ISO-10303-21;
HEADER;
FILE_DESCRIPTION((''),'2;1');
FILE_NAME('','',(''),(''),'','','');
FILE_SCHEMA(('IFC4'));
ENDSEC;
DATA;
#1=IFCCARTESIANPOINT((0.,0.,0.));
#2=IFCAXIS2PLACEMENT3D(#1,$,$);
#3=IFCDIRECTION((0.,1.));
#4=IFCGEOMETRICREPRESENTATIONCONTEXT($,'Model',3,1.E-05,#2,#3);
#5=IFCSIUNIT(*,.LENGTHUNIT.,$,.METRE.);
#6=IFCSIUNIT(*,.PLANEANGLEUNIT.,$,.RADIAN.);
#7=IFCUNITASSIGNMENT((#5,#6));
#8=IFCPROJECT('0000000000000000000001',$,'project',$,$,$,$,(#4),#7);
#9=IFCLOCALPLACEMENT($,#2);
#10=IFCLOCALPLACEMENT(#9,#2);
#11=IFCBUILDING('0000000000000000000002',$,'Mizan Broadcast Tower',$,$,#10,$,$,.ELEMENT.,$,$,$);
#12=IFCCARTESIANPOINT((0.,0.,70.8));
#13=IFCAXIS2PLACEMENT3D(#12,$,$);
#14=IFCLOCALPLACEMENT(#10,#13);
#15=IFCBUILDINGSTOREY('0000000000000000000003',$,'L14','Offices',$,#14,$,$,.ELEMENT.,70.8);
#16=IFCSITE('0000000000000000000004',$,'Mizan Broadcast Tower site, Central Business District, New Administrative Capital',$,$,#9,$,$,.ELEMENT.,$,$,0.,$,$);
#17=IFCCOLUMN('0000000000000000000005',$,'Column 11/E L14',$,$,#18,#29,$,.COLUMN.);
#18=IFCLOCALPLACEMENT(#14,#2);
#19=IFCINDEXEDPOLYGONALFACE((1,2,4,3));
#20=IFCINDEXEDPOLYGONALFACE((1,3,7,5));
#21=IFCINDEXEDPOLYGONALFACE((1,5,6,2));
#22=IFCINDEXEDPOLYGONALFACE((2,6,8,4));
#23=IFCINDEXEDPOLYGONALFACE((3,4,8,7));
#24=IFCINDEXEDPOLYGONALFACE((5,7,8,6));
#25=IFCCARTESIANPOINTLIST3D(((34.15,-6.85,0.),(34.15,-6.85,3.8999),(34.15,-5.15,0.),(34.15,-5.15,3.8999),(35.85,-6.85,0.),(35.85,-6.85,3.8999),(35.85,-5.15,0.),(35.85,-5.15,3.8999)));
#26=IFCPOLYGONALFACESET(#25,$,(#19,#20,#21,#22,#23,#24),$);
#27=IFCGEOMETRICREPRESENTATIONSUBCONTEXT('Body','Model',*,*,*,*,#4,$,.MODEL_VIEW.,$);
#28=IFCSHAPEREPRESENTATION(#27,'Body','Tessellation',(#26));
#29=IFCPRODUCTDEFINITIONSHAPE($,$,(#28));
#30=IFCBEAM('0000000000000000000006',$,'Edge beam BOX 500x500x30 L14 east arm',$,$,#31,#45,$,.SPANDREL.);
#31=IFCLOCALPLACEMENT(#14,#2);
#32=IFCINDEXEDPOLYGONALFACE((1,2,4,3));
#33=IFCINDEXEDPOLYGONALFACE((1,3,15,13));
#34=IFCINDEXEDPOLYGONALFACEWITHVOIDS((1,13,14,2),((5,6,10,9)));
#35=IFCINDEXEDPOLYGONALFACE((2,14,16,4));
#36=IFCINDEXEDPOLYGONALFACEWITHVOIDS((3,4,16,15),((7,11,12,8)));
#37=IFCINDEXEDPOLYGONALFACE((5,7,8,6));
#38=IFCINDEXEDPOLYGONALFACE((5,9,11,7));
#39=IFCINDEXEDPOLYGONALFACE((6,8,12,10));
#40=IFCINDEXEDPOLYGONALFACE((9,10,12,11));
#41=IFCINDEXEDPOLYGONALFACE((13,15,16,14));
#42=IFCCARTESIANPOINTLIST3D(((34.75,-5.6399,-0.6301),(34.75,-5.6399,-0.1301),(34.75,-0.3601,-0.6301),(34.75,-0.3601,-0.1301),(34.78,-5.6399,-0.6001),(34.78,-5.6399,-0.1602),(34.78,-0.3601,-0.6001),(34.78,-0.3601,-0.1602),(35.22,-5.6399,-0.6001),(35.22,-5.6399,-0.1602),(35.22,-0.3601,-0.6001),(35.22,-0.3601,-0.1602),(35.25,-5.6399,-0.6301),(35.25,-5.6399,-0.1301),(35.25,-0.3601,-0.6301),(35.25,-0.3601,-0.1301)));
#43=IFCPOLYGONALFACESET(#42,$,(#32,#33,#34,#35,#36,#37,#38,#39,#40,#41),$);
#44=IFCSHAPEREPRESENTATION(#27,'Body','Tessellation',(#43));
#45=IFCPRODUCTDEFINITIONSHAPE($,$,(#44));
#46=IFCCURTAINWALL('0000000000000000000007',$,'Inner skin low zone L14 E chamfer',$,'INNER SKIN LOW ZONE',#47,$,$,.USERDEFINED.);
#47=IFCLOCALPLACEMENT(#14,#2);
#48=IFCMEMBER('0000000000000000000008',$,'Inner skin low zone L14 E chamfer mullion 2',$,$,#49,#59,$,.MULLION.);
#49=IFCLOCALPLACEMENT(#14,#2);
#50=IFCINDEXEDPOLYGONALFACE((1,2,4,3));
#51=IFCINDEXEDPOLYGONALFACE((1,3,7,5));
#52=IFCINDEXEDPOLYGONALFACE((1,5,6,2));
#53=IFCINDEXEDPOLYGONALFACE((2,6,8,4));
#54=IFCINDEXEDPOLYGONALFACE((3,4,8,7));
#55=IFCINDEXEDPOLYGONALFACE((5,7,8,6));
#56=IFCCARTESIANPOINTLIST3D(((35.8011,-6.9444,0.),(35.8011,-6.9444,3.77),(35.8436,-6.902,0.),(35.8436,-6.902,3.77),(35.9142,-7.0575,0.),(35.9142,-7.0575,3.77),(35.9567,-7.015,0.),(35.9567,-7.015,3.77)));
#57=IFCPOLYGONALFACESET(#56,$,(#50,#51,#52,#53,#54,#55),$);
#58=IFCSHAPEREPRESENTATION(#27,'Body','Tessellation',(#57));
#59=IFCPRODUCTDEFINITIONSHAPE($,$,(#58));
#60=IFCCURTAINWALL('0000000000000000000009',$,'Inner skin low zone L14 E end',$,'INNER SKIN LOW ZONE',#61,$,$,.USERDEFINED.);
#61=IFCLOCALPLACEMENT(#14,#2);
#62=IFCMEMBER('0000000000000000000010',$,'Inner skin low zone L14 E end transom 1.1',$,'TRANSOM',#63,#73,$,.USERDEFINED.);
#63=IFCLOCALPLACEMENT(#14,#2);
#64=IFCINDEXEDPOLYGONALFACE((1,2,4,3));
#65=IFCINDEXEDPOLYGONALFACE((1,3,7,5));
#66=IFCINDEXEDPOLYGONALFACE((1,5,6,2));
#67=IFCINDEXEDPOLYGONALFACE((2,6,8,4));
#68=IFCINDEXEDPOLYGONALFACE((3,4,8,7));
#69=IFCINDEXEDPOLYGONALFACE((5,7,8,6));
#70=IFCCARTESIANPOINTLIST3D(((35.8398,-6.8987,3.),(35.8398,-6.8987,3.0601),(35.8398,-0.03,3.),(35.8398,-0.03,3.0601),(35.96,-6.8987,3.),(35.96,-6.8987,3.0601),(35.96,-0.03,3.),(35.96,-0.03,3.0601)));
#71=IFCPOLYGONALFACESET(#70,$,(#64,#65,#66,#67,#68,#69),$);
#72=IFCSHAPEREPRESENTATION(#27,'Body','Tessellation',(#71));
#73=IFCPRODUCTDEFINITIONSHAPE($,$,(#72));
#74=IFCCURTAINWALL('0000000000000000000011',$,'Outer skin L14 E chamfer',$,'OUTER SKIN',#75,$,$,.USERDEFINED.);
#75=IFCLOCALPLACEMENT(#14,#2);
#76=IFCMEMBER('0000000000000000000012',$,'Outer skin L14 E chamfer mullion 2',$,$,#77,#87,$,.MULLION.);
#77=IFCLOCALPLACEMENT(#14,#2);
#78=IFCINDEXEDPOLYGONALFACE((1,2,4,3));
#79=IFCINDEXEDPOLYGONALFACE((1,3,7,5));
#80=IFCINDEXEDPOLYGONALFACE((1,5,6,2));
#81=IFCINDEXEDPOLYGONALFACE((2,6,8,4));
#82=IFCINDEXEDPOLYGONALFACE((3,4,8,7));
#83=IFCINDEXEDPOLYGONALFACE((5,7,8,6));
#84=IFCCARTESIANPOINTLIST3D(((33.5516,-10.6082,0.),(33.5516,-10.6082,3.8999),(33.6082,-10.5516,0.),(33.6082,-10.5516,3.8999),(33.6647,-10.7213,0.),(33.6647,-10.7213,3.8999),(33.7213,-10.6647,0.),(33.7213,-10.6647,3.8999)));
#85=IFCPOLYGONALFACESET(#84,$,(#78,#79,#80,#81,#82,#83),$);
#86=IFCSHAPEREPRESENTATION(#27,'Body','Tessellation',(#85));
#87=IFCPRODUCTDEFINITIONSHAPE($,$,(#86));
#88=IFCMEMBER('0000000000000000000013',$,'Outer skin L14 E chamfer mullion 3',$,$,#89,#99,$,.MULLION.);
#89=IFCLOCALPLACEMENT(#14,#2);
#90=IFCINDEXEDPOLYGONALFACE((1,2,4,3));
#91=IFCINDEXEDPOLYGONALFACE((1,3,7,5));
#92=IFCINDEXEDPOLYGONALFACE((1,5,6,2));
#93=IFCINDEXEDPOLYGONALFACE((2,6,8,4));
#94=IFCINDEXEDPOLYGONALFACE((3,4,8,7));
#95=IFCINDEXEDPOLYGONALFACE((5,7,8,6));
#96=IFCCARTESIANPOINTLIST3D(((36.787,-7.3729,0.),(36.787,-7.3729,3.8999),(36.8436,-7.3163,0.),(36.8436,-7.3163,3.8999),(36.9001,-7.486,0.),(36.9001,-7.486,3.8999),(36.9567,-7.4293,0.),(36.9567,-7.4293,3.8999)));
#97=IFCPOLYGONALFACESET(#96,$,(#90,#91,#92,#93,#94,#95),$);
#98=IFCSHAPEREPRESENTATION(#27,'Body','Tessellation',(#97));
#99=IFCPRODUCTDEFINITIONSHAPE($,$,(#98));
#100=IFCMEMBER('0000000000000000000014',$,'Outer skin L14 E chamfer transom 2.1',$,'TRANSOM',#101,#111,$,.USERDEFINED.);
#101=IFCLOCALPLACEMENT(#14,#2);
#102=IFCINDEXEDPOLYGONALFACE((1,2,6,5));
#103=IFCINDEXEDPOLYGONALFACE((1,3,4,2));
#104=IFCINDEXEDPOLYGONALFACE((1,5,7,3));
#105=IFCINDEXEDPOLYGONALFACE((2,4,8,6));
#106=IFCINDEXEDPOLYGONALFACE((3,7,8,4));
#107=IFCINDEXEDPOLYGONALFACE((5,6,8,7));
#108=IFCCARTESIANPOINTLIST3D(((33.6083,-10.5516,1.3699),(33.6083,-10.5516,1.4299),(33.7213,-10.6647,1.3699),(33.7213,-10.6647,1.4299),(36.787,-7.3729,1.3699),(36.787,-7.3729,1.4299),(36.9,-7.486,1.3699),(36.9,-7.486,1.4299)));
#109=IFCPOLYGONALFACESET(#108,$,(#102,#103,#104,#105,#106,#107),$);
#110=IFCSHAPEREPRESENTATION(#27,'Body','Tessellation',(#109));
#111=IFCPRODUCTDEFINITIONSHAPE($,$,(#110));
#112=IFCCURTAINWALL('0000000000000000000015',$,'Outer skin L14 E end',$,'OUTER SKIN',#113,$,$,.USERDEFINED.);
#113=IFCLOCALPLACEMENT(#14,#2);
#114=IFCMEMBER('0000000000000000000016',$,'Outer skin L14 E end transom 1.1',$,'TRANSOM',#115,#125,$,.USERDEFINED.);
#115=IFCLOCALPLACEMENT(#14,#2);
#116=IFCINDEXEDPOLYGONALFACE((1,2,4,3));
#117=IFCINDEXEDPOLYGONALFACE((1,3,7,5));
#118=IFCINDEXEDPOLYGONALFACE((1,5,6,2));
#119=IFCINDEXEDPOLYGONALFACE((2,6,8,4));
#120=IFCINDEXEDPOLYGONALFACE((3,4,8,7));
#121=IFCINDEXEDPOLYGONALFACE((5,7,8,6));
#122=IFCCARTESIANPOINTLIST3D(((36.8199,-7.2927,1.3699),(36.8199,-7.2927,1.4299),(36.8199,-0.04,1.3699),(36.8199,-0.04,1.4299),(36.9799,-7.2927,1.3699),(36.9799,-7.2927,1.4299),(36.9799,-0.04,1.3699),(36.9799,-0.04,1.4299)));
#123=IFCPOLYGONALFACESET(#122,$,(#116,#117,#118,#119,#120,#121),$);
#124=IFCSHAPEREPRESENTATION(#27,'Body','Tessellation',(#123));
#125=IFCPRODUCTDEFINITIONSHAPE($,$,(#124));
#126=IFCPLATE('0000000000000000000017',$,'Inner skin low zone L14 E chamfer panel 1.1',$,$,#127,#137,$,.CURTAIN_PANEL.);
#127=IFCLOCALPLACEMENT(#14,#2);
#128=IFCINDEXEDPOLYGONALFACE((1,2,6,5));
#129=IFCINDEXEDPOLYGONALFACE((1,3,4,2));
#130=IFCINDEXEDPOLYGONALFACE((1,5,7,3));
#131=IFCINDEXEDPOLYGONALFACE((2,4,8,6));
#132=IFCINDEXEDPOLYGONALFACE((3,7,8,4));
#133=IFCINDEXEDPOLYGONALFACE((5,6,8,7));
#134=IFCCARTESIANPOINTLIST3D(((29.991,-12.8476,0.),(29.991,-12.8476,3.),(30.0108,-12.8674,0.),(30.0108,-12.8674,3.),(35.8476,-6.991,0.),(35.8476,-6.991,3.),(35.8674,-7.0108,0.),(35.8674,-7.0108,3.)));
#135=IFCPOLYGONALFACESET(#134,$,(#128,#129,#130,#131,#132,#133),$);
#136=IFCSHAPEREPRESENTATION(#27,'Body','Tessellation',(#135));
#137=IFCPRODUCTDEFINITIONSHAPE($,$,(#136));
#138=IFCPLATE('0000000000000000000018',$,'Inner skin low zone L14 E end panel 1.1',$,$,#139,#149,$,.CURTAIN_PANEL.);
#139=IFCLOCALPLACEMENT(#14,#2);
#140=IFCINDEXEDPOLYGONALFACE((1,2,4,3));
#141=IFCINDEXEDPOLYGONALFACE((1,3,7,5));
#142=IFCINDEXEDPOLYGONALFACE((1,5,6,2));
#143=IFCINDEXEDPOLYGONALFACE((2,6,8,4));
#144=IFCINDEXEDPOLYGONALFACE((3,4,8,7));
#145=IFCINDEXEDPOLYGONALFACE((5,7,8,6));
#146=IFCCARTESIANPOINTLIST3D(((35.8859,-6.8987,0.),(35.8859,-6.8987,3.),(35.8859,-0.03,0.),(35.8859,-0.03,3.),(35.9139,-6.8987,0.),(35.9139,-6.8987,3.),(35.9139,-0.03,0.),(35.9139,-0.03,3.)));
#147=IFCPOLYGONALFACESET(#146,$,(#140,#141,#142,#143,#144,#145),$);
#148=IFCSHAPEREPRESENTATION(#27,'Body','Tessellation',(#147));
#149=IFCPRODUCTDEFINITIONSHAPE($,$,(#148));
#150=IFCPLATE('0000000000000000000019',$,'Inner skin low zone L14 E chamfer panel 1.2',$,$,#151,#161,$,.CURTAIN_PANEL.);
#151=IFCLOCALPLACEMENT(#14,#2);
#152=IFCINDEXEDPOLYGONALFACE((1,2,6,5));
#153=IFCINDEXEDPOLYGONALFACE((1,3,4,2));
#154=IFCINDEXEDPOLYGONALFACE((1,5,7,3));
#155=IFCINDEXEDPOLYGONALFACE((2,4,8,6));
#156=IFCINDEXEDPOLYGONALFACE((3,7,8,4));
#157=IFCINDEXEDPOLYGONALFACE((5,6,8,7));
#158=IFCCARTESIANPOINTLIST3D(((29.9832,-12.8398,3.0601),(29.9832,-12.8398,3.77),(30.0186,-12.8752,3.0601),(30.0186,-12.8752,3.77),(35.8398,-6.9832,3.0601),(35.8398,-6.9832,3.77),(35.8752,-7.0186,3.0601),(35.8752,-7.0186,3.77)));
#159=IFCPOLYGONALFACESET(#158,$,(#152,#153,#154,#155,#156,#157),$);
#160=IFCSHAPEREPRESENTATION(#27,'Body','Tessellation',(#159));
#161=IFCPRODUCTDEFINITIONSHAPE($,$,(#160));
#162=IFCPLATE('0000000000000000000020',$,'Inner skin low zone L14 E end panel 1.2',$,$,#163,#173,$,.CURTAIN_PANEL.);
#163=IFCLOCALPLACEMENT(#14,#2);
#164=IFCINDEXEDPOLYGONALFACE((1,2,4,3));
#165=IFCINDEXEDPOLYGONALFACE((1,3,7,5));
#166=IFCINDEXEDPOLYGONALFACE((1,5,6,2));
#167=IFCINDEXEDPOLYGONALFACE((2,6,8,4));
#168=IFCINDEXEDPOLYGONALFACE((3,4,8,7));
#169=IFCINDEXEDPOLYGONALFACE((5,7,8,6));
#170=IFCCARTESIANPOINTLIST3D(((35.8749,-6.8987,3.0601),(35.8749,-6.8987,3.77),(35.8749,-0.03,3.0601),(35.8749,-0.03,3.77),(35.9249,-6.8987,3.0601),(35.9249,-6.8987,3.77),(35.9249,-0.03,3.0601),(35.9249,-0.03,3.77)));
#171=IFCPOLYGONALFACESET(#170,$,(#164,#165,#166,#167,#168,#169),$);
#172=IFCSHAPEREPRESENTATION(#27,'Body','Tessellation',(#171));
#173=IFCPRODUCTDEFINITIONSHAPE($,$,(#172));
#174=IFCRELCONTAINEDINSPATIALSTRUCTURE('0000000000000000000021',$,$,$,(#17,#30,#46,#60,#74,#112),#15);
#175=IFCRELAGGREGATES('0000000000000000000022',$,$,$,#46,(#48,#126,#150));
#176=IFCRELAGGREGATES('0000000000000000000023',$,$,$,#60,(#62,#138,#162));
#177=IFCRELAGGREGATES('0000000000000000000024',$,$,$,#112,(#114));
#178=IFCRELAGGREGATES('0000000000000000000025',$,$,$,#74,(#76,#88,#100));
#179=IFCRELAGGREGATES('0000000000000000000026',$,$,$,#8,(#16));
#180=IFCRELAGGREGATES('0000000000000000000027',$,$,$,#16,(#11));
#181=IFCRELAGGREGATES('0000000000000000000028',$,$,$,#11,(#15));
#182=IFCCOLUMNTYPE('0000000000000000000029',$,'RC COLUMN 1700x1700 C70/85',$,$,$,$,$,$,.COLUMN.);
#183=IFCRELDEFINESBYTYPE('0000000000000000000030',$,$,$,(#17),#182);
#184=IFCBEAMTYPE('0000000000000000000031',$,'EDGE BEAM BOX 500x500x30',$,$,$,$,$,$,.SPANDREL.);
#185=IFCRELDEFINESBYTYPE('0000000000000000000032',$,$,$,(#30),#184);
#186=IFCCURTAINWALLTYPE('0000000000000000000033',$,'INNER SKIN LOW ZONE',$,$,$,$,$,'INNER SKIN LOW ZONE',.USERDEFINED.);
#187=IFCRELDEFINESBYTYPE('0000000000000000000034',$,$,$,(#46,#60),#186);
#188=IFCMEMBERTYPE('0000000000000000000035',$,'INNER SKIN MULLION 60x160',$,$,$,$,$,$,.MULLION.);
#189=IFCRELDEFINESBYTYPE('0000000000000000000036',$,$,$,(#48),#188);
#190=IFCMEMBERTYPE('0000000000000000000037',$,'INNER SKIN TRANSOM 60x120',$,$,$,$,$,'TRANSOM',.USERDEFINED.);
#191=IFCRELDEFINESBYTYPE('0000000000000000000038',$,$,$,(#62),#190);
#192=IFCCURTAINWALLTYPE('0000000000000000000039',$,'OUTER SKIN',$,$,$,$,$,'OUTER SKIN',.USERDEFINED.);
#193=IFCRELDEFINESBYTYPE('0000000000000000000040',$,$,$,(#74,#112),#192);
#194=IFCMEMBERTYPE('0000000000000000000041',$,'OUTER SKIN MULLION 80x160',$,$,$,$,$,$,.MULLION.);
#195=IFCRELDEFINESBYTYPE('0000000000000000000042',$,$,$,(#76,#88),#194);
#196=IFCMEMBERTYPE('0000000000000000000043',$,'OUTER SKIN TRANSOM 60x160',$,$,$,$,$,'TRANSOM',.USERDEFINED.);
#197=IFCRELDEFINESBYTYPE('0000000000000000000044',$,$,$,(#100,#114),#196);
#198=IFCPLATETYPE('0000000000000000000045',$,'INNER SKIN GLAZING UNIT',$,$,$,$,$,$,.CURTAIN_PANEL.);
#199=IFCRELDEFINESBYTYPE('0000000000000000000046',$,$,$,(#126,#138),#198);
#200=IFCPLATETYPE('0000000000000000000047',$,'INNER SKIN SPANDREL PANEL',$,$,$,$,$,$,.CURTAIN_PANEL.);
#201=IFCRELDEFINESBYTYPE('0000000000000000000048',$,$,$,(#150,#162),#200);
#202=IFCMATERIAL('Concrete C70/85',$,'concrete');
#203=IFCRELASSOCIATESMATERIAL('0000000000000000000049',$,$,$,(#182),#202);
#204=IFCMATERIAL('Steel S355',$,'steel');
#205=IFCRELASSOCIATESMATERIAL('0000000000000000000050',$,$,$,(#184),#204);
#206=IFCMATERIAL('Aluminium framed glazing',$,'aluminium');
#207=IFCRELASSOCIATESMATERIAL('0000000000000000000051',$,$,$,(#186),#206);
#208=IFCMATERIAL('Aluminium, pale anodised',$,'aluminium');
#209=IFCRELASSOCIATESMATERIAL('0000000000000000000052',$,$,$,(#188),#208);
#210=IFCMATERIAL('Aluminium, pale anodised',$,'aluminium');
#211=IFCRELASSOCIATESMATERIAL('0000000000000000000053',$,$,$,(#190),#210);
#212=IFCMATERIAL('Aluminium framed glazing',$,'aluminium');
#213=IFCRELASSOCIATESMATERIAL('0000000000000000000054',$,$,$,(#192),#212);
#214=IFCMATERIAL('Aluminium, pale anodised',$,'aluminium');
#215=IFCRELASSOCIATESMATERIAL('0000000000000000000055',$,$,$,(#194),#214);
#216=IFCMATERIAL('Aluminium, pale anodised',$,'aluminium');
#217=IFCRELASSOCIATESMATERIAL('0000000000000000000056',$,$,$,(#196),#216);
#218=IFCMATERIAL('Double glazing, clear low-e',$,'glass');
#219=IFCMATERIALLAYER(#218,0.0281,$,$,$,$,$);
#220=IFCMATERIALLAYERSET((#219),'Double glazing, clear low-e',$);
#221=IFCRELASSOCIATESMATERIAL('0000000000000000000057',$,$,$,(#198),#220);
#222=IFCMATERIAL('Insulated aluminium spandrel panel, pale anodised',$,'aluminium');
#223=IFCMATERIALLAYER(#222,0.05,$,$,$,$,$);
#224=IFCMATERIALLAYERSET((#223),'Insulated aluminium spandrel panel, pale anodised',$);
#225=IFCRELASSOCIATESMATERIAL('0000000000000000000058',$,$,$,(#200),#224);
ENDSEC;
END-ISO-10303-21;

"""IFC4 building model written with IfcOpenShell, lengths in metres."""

from ifc_helpers import new_model, si_unit, direction, frame, origin, origin_2d, place, context, subcontext, project, spatial, rectangle, hollow_rectangle, extrude, material, layer, layer_set, material_profile, profile_set, type_object, element, aggregate, save


model = new_model("IFC4")

# Units and contexts
model_context = context("Model", 3, precision=1e-05, world=origin(), true_north=direction((0.0, 1.0)))
body_context = subcontext(model_context, "Body", "Model", "MODEL_VIEW")
ifc_project = project(units=[si_unit("LENGTHUNIT", "METRE"), si_unit("PLANEANGLEUNIT", "RADIAN")], contexts=[model_context])

# Site, building, storey
site_placement = place(None, origin())
site = spatial("IfcSite", under=ifc_project, at=site_placement, Name="Mizan Broadcast Tower site, Central Business District, New Administrative Capital", CompositionType="ELEMENT", RefElevation=0.0)
building_placement = place(site_placement, origin())
building = spatial("IfcBuilding", under=site, at=building_placement, Name="Mizan Broadcast Tower", CompositionType="ELEMENT")
storey_placement = place(building_placement, frame((0.0, 0.0, 70.8)))
storey = spatial("IfcBuildingStorey", under=building, at=storey_placement, Name="L14", Description="Offices", CompositionType="ELEMENT", Elevation=70.8)

# Column
ifc_material_1 = material(Name="Concrete C70/85", Category="concrete")
ifc_material_profile_1 = material_profile(ifc_material_1, rectangle(XDim=1.7, YDim=1.7, at=origin_2d()), Name="RC 1700x1700")
ifc_profile_set_1 = profile_set([ifc_material_profile_1], Name="Concrete C70/85")
column_type = type_object("IfcColumnType", Name="RC COLUMN 1700x1700 C70/85", PredefinedType="COLUMN", material=ifc_profile_set_1)
column_placement = place(storey_placement, frame((35.0, -6.0, 0.0), z_axis=(0.0, 0.0, 1.0), x_axis=(1.0, 0.0, 0.0)))
element("IfcColumn", 1, at=column_placement, inside=storey, type_object=column_type, Name="Column 11/E L14", PredefinedType="COLUMN", context=body_context, shape_type="SweptSolid", body=[
    extrude(rectangle(XDim=1.7, YDim=1.7, at=origin_2d()), origin(), (0.0, 0.0, 1.0), 3.8999),
])

# Beam
ifc_material_2 = material(Name="Steel S355", Category="steel")
ifc_material_profile_2 = material_profile(ifc_material_2, hollow_rectangle(XDim=0.5, YDim=0.5, WallThickness=0.03, at=origin_2d()), Name="BOX 500x500x30")
ifc_profile_set_2 = profile_set([ifc_material_profile_2], Name="Steel S355")
beam_type = type_object("IfcBeamType", Name="EDGE BEAM BOX 500x500x30", PredefinedType="SPANDREL", material=ifc_profile_set_2)
beam_placement = place(storey_placement, frame((35.0, -5.6399, -0.3801), z_axis=(0.0, 1.0, 0.0), x_axis=(-1.0, 0.0, 0.0)))
element("IfcBeam", 2, at=beam_placement, inside=storey, type_object=beam_type, Name="Edge beam BOX 500x500x30 L14 east arm", PredefinedType="SPANDREL", context=body_context, shape_type="SweptSolid", body=[
    extrude(hollow_rectangle(XDim=0.5, YDim=0.5, WallThickness=0.03, at=origin_2d()), origin(), (0.0, 0.0, 1.0), 5.2798),
])

# Curtain walls, members
ifc_material_3 = material(Name="Aluminium framed glazing", Category="aluminium")
curtain_wall_type_1 = type_object("IfcCurtainWallType", Name="INNER SKIN LOW ZONE", ElementType="INNER SKIN LOW ZONE", PredefinedType="USERDEFINED", material=ifc_material_3)
curtain_wall_1_placement = place(storey_placement, origin())
curtain_wall_1 = element("IfcCurtainWall", 3, at=curtain_wall_1_placement, inside=storey, type_object=curtain_wall_type_1, Name="Inner skin low zone L14 E chamfer", ObjectType="INNER SKIN LOW ZONE", PredefinedType="USERDEFINED")
ifc_material_4 = material(Name="Aluminium, pale anodised", Category="aluminium")
ifc_material_profile_3 = material_profile(ifc_material_4, rectangle(XDim=0.1599, YDim=0.0601, at=origin_2d()), Name="MULLION 160x60")
ifc_profile_set_3 = profile_set([ifc_material_profile_3], Name="Aluminium, pale anodised")
member_type_1 = type_object("IfcMemberType", Name="INNER SKIN MULLION 60x160", PredefinedType="MULLION", material=ifc_profile_set_3)
member_1_placement = place(storey_placement, frame((35.8789, -6.9797, 0.0), z_axis=(0.0, 0.0, 1.0), x_axis=(-0.707107, 0.707107, 0.0)))
member_1 = element("IfcMember", 4, at=member_1_placement, type_object=member_type_1, Name="Inner skin low zone L14 E chamfer mullion 2", PredefinedType="MULLION", context=body_context, shape_type="SweptSolid", body=[
    extrude(rectangle(XDim=0.1599, YDim=0.0601, at=origin_2d()), origin(), (0.0, 0.0, 1.0), 3.77),
])
curtain_wall_2_placement = place(storey_placement, origin())
curtain_wall_2 = element("IfcCurtainWall", 5, at=curtain_wall_2_placement, inside=storey, type_object=curtain_wall_type_1, Name="Inner skin low zone L14 E end", ObjectType="INNER SKIN LOW ZONE", PredefinedType="USERDEFINED")
ifc_material_5 = material(Name="Aluminium, pale anodised", Category="aluminium")
ifc_material_profile_4 = material_profile(ifc_material_5, rectangle(XDim=0.1201, YDim=0.0601, at=origin_2d()), Name="TRANSOM 120x60")
ifc_profile_set_4 = profile_set([ifc_material_profile_4], Name="Aluminium, pale anodised")
member_type_2 = type_object("IfcMemberType", Name="INNER SKIN TRANSOM 60x120", ElementType="TRANSOM", PredefinedType="USERDEFINED", material=ifc_profile_set_4)
member_2_placement = place(storey_placement, frame((35.8999, -6.8987, 3.03), z_axis=(0.0, 1.0, 0.0), x_axis=(-1.0, 0.0, 0.0)))
member_2 = element("IfcMember", 6, at=member_2_placement, type_object=member_type_2, Name="Inner skin low zone L14 E end transom 1.1", ObjectType="TRANSOM", PredefinedType="USERDEFINED", context=body_context, shape_type="SweptSolid", body=[
    extrude(rectangle(XDim=0.1201, YDim=0.0601, at=origin_2d()), origin(), (0.0, 0.0, 1.0), 6.8687),
])

# Curtain wall, members
ifc_material_6 = material(Name="Aluminium framed glazing", Category="aluminium")
curtain_wall_type_2 = type_object("IfcCurtainWallType", Name="OUTER SKIN", ElementType="OUTER SKIN", PredefinedType="USERDEFINED", material=ifc_material_6)
curtain_wall_3_placement = place(storey_placement, origin())
curtain_wall_3 = element("IfcCurtainWall", 7, at=curtain_wall_3_placement, inside=storey, type_object=curtain_wall_type_2, Name="Outer skin L14 E chamfer", ObjectType="OUTER SKIN", PredefinedType="USERDEFINED")
ifc_material_7 = material(Name="Aluminium, pale anodised", Category="aluminium")
ifc_material_profile_5 = material_profile(ifc_material_7, rectangle(XDim=0.1599, YDim=0.0801, at=origin_2d()), Name="MULLION 160x80")
ifc_profile_set_5 = profile_set([ifc_material_profile_5], Name="Aluminium, pale anodised")
member_type_3 = type_object("IfcMemberType", Name="OUTER SKIN MULLION 80x160", PredefinedType="MULLION", material=ifc_profile_set_5)
member_3_placement = place(storey_placement, frame((33.6365, -10.6365, 0.0), z_axis=(0.0, 0.0, 1.0), x_axis=(-0.707107, 0.707107, 0.0)))
member_3 = element("IfcMember", 8, at=member_3_placement, type_object=member_type_3, Name="Outer skin L14 E chamfer mullion 2", PredefinedType="MULLION", context=body_context, shape_type="SweptSolid", body=[
    extrude(rectangle(XDim=0.1599, YDim=0.0801, at=origin_2d()), origin(), (0.0, 0.0, 1.0), 3.8999),
])
member_4_placement = place(storey_placement, frame((36.8718, -7.4011, 0.0), z_axis=(0.0, 0.0, 1.0), x_axis=(-0.707107, 0.707107, 0.0)))
member_4 = element("IfcMember", 9, at=member_4_placement, type_object=member_type_3, Name="Outer skin L14 E chamfer mullion 3", PredefinedType="MULLION", context=body_context, shape_type="SweptSolid", body=[
    extrude(rectangle(XDim=0.1599, YDim=0.0801, at=origin_2d()), origin(), (0.0, 0.0, 1.0), 3.8999),
])
ifc_material_8 = material(Name="Aluminium, pale anodised", Category="aluminium")
ifc_material_profile_6 = material_profile(ifc_material_8, rectangle(XDim=0.1599, YDim=0.0601, at=origin_2d()), Name="TRANSOM 160x60")
ifc_profile_set_6 = profile_set([ifc_material_profile_6], Name="Aluminium, pale anodised")
member_type_4 = type_object("IfcMemberType", Name="OUTER SKIN TRANSOM 60x160", ElementType="TRANSOM", PredefinedType="USERDEFINED", material=ifc_profile_set_6)
member_5_placement = place(storey_placement, frame((33.6648, -10.6082, 1.3999), z_axis=(0.707107, 0.707107, 0.0), x_axis=(-0.707107, 0.707107, 0.0)))
member_5 = element("IfcMember", 10, at=member_5_placement, type_object=member_type_4, Name="Outer skin L14 E chamfer transom 2.1", ObjectType="TRANSOM", PredefinedType="USERDEFINED", context=body_context, shape_type="SweptSolid", body=[
    extrude(rectangle(XDim=0.1599, YDim=0.0601, at=origin_2d()), origin(), (0.0, 0.0, 1.0), 4.4954),
])

# Curtain wall, member
curtain_wall_4_placement = place(storey_placement, origin())
curtain_wall_4 = element("IfcCurtainWall", 11, at=curtain_wall_4_placement, inside=storey, type_object=curtain_wall_type_2, Name="Outer skin L14 E end", ObjectType="OUTER SKIN", PredefinedType="USERDEFINED")
member_6_placement = place(storey_placement, frame((36.8999, -7.2927, 1.3999), z_axis=(0.0, 1.0, 0.0), x_axis=(-1.0, 0.0, 0.0)))
member_6 = element("IfcMember", 12, at=member_6_placement, type_object=member_type_4, Name="Outer skin L14 E end transom 1.1", ObjectType="TRANSOM", PredefinedType="USERDEFINED", context=body_context, shape_type="SweptSolid", body=[
    extrude(rectangle(XDim=0.1599, YDim=0.0601, at=origin_2d()), origin(), (0.0, 0.0, 1.0), 7.2527),
])

# Plates
ifc_material_9 = material(Name="Double glazing, clear low-e", Category="glass")
ifc_layer_1 = layer(ifc_material_9, 0.0281)
ifc_layer_set_1 = layer_set([ifc_layer_1], Name="Double glazing, clear low-e")
plate_type_1 = type_object("IfcPlateType", Name="INNER SKIN GLAZING UNIT", PredefinedType="CURTAIN_PANEL", material=ifc_layer_set_1)
plate_1_placement = place(storey_placement, frame((32.9292, -9.9292, 0.0), z_axis=(0.0, 0.0, 1.0), x_axis=(0.707107, 0.707107, 0.0)))
plate_1 = element("IfcPlate", 13, at=plate_1_placement, type_object=plate_type_1, Name="Inner skin low zone L14 E chamfer panel 1.1", PredefinedType="CURTAIN_PANEL", context=body_context, shape_type="SweptSolid", body=[
    extrude(rectangle(XDim=8.2825, YDim=0.0281, at=origin_2d()), origin(), (0.0, 0.0, 1.0), 3.0),
])
plate_2_placement = place(storey_placement, frame((35.8999, -3.4644, 0.0), z_axis=(0.0, 0.0, 1.0), x_axis=(0.0, 1.0, 0.0)))
plate_2 = element("IfcPlate", 14, at=plate_2_placement, type_object=plate_type_1, Name="Inner skin low zone L14 E end panel 1.1", PredefinedType="CURTAIN_PANEL", context=body_context, shape_type="SweptSolid", body=[
    extrude(rectangle(XDim=6.8687, YDim=0.0281, at=origin_2d()), origin(), (0.0, 0.0, 1.0), 3.0),
])
ifc_material_10 = material(Name="Insulated aluminium spandrel panel, pale anodised", Category="aluminium")
ifc_layer_2 = layer(ifc_material_10, 0.05)
ifc_layer_set_2 = layer_set([ifc_layer_2], Name="Insulated aluminium spandrel panel, pale anodised")
plate_type_2 = type_object("IfcPlateType", Name="INNER SKIN SPANDREL PANEL", PredefinedType="CURTAIN_PANEL", material=ifc_layer_set_2)
plate_3_placement = place(storey_placement, frame((32.9292, -9.9292, 3.0601), z_axis=(0.0, 0.0, 1.0), x_axis=(0.707107, 0.707107, 0.0)))
plate_3 = element("IfcPlate", 15, at=plate_3_placement, type_object=plate_type_2, Name="Inner skin low zone L14 E chamfer panel 1.2", PredefinedType="CURTAIN_PANEL", context=body_context, shape_type="SweptSolid", body=[
    extrude(rectangle(XDim=8.2825, YDim=0.05, at=origin_2d()), origin(), (0.0, 0.0, 1.0), 0.71),
])
aggregate(curtain_wall_1, [member_1, plate_1, plate_3])
plate_4_placement = place(storey_placement, frame((35.8999, -3.4644, 3.0601), z_axis=(0.0, 0.0, 1.0), x_axis=(0.0, 1.0, 0.0)))
plate_4 = element("IfcPlate", 16, at=plate_4_placement, type_object=plate_type_2, Name="Inner skin low zone L14 E end panel 1.2", PredefinedType="CURTAIN_PANEL", context=body_context, shape_type="SweptSolid", body=[
    extrude(rectangle(XDim=6.8687, YDim=0.05, at=origin_2d()), origin(), (0.0, 0.0, 1.0), 0.71),
])
aggregate(curtain_wall_2, [member_2, plate_2, plate_4])
aggregate(curtain_wall_4, [member_6])
aggregate(curtain_wall_3, [member_3, member_4, member_5])

save(model, "model.ifc")
